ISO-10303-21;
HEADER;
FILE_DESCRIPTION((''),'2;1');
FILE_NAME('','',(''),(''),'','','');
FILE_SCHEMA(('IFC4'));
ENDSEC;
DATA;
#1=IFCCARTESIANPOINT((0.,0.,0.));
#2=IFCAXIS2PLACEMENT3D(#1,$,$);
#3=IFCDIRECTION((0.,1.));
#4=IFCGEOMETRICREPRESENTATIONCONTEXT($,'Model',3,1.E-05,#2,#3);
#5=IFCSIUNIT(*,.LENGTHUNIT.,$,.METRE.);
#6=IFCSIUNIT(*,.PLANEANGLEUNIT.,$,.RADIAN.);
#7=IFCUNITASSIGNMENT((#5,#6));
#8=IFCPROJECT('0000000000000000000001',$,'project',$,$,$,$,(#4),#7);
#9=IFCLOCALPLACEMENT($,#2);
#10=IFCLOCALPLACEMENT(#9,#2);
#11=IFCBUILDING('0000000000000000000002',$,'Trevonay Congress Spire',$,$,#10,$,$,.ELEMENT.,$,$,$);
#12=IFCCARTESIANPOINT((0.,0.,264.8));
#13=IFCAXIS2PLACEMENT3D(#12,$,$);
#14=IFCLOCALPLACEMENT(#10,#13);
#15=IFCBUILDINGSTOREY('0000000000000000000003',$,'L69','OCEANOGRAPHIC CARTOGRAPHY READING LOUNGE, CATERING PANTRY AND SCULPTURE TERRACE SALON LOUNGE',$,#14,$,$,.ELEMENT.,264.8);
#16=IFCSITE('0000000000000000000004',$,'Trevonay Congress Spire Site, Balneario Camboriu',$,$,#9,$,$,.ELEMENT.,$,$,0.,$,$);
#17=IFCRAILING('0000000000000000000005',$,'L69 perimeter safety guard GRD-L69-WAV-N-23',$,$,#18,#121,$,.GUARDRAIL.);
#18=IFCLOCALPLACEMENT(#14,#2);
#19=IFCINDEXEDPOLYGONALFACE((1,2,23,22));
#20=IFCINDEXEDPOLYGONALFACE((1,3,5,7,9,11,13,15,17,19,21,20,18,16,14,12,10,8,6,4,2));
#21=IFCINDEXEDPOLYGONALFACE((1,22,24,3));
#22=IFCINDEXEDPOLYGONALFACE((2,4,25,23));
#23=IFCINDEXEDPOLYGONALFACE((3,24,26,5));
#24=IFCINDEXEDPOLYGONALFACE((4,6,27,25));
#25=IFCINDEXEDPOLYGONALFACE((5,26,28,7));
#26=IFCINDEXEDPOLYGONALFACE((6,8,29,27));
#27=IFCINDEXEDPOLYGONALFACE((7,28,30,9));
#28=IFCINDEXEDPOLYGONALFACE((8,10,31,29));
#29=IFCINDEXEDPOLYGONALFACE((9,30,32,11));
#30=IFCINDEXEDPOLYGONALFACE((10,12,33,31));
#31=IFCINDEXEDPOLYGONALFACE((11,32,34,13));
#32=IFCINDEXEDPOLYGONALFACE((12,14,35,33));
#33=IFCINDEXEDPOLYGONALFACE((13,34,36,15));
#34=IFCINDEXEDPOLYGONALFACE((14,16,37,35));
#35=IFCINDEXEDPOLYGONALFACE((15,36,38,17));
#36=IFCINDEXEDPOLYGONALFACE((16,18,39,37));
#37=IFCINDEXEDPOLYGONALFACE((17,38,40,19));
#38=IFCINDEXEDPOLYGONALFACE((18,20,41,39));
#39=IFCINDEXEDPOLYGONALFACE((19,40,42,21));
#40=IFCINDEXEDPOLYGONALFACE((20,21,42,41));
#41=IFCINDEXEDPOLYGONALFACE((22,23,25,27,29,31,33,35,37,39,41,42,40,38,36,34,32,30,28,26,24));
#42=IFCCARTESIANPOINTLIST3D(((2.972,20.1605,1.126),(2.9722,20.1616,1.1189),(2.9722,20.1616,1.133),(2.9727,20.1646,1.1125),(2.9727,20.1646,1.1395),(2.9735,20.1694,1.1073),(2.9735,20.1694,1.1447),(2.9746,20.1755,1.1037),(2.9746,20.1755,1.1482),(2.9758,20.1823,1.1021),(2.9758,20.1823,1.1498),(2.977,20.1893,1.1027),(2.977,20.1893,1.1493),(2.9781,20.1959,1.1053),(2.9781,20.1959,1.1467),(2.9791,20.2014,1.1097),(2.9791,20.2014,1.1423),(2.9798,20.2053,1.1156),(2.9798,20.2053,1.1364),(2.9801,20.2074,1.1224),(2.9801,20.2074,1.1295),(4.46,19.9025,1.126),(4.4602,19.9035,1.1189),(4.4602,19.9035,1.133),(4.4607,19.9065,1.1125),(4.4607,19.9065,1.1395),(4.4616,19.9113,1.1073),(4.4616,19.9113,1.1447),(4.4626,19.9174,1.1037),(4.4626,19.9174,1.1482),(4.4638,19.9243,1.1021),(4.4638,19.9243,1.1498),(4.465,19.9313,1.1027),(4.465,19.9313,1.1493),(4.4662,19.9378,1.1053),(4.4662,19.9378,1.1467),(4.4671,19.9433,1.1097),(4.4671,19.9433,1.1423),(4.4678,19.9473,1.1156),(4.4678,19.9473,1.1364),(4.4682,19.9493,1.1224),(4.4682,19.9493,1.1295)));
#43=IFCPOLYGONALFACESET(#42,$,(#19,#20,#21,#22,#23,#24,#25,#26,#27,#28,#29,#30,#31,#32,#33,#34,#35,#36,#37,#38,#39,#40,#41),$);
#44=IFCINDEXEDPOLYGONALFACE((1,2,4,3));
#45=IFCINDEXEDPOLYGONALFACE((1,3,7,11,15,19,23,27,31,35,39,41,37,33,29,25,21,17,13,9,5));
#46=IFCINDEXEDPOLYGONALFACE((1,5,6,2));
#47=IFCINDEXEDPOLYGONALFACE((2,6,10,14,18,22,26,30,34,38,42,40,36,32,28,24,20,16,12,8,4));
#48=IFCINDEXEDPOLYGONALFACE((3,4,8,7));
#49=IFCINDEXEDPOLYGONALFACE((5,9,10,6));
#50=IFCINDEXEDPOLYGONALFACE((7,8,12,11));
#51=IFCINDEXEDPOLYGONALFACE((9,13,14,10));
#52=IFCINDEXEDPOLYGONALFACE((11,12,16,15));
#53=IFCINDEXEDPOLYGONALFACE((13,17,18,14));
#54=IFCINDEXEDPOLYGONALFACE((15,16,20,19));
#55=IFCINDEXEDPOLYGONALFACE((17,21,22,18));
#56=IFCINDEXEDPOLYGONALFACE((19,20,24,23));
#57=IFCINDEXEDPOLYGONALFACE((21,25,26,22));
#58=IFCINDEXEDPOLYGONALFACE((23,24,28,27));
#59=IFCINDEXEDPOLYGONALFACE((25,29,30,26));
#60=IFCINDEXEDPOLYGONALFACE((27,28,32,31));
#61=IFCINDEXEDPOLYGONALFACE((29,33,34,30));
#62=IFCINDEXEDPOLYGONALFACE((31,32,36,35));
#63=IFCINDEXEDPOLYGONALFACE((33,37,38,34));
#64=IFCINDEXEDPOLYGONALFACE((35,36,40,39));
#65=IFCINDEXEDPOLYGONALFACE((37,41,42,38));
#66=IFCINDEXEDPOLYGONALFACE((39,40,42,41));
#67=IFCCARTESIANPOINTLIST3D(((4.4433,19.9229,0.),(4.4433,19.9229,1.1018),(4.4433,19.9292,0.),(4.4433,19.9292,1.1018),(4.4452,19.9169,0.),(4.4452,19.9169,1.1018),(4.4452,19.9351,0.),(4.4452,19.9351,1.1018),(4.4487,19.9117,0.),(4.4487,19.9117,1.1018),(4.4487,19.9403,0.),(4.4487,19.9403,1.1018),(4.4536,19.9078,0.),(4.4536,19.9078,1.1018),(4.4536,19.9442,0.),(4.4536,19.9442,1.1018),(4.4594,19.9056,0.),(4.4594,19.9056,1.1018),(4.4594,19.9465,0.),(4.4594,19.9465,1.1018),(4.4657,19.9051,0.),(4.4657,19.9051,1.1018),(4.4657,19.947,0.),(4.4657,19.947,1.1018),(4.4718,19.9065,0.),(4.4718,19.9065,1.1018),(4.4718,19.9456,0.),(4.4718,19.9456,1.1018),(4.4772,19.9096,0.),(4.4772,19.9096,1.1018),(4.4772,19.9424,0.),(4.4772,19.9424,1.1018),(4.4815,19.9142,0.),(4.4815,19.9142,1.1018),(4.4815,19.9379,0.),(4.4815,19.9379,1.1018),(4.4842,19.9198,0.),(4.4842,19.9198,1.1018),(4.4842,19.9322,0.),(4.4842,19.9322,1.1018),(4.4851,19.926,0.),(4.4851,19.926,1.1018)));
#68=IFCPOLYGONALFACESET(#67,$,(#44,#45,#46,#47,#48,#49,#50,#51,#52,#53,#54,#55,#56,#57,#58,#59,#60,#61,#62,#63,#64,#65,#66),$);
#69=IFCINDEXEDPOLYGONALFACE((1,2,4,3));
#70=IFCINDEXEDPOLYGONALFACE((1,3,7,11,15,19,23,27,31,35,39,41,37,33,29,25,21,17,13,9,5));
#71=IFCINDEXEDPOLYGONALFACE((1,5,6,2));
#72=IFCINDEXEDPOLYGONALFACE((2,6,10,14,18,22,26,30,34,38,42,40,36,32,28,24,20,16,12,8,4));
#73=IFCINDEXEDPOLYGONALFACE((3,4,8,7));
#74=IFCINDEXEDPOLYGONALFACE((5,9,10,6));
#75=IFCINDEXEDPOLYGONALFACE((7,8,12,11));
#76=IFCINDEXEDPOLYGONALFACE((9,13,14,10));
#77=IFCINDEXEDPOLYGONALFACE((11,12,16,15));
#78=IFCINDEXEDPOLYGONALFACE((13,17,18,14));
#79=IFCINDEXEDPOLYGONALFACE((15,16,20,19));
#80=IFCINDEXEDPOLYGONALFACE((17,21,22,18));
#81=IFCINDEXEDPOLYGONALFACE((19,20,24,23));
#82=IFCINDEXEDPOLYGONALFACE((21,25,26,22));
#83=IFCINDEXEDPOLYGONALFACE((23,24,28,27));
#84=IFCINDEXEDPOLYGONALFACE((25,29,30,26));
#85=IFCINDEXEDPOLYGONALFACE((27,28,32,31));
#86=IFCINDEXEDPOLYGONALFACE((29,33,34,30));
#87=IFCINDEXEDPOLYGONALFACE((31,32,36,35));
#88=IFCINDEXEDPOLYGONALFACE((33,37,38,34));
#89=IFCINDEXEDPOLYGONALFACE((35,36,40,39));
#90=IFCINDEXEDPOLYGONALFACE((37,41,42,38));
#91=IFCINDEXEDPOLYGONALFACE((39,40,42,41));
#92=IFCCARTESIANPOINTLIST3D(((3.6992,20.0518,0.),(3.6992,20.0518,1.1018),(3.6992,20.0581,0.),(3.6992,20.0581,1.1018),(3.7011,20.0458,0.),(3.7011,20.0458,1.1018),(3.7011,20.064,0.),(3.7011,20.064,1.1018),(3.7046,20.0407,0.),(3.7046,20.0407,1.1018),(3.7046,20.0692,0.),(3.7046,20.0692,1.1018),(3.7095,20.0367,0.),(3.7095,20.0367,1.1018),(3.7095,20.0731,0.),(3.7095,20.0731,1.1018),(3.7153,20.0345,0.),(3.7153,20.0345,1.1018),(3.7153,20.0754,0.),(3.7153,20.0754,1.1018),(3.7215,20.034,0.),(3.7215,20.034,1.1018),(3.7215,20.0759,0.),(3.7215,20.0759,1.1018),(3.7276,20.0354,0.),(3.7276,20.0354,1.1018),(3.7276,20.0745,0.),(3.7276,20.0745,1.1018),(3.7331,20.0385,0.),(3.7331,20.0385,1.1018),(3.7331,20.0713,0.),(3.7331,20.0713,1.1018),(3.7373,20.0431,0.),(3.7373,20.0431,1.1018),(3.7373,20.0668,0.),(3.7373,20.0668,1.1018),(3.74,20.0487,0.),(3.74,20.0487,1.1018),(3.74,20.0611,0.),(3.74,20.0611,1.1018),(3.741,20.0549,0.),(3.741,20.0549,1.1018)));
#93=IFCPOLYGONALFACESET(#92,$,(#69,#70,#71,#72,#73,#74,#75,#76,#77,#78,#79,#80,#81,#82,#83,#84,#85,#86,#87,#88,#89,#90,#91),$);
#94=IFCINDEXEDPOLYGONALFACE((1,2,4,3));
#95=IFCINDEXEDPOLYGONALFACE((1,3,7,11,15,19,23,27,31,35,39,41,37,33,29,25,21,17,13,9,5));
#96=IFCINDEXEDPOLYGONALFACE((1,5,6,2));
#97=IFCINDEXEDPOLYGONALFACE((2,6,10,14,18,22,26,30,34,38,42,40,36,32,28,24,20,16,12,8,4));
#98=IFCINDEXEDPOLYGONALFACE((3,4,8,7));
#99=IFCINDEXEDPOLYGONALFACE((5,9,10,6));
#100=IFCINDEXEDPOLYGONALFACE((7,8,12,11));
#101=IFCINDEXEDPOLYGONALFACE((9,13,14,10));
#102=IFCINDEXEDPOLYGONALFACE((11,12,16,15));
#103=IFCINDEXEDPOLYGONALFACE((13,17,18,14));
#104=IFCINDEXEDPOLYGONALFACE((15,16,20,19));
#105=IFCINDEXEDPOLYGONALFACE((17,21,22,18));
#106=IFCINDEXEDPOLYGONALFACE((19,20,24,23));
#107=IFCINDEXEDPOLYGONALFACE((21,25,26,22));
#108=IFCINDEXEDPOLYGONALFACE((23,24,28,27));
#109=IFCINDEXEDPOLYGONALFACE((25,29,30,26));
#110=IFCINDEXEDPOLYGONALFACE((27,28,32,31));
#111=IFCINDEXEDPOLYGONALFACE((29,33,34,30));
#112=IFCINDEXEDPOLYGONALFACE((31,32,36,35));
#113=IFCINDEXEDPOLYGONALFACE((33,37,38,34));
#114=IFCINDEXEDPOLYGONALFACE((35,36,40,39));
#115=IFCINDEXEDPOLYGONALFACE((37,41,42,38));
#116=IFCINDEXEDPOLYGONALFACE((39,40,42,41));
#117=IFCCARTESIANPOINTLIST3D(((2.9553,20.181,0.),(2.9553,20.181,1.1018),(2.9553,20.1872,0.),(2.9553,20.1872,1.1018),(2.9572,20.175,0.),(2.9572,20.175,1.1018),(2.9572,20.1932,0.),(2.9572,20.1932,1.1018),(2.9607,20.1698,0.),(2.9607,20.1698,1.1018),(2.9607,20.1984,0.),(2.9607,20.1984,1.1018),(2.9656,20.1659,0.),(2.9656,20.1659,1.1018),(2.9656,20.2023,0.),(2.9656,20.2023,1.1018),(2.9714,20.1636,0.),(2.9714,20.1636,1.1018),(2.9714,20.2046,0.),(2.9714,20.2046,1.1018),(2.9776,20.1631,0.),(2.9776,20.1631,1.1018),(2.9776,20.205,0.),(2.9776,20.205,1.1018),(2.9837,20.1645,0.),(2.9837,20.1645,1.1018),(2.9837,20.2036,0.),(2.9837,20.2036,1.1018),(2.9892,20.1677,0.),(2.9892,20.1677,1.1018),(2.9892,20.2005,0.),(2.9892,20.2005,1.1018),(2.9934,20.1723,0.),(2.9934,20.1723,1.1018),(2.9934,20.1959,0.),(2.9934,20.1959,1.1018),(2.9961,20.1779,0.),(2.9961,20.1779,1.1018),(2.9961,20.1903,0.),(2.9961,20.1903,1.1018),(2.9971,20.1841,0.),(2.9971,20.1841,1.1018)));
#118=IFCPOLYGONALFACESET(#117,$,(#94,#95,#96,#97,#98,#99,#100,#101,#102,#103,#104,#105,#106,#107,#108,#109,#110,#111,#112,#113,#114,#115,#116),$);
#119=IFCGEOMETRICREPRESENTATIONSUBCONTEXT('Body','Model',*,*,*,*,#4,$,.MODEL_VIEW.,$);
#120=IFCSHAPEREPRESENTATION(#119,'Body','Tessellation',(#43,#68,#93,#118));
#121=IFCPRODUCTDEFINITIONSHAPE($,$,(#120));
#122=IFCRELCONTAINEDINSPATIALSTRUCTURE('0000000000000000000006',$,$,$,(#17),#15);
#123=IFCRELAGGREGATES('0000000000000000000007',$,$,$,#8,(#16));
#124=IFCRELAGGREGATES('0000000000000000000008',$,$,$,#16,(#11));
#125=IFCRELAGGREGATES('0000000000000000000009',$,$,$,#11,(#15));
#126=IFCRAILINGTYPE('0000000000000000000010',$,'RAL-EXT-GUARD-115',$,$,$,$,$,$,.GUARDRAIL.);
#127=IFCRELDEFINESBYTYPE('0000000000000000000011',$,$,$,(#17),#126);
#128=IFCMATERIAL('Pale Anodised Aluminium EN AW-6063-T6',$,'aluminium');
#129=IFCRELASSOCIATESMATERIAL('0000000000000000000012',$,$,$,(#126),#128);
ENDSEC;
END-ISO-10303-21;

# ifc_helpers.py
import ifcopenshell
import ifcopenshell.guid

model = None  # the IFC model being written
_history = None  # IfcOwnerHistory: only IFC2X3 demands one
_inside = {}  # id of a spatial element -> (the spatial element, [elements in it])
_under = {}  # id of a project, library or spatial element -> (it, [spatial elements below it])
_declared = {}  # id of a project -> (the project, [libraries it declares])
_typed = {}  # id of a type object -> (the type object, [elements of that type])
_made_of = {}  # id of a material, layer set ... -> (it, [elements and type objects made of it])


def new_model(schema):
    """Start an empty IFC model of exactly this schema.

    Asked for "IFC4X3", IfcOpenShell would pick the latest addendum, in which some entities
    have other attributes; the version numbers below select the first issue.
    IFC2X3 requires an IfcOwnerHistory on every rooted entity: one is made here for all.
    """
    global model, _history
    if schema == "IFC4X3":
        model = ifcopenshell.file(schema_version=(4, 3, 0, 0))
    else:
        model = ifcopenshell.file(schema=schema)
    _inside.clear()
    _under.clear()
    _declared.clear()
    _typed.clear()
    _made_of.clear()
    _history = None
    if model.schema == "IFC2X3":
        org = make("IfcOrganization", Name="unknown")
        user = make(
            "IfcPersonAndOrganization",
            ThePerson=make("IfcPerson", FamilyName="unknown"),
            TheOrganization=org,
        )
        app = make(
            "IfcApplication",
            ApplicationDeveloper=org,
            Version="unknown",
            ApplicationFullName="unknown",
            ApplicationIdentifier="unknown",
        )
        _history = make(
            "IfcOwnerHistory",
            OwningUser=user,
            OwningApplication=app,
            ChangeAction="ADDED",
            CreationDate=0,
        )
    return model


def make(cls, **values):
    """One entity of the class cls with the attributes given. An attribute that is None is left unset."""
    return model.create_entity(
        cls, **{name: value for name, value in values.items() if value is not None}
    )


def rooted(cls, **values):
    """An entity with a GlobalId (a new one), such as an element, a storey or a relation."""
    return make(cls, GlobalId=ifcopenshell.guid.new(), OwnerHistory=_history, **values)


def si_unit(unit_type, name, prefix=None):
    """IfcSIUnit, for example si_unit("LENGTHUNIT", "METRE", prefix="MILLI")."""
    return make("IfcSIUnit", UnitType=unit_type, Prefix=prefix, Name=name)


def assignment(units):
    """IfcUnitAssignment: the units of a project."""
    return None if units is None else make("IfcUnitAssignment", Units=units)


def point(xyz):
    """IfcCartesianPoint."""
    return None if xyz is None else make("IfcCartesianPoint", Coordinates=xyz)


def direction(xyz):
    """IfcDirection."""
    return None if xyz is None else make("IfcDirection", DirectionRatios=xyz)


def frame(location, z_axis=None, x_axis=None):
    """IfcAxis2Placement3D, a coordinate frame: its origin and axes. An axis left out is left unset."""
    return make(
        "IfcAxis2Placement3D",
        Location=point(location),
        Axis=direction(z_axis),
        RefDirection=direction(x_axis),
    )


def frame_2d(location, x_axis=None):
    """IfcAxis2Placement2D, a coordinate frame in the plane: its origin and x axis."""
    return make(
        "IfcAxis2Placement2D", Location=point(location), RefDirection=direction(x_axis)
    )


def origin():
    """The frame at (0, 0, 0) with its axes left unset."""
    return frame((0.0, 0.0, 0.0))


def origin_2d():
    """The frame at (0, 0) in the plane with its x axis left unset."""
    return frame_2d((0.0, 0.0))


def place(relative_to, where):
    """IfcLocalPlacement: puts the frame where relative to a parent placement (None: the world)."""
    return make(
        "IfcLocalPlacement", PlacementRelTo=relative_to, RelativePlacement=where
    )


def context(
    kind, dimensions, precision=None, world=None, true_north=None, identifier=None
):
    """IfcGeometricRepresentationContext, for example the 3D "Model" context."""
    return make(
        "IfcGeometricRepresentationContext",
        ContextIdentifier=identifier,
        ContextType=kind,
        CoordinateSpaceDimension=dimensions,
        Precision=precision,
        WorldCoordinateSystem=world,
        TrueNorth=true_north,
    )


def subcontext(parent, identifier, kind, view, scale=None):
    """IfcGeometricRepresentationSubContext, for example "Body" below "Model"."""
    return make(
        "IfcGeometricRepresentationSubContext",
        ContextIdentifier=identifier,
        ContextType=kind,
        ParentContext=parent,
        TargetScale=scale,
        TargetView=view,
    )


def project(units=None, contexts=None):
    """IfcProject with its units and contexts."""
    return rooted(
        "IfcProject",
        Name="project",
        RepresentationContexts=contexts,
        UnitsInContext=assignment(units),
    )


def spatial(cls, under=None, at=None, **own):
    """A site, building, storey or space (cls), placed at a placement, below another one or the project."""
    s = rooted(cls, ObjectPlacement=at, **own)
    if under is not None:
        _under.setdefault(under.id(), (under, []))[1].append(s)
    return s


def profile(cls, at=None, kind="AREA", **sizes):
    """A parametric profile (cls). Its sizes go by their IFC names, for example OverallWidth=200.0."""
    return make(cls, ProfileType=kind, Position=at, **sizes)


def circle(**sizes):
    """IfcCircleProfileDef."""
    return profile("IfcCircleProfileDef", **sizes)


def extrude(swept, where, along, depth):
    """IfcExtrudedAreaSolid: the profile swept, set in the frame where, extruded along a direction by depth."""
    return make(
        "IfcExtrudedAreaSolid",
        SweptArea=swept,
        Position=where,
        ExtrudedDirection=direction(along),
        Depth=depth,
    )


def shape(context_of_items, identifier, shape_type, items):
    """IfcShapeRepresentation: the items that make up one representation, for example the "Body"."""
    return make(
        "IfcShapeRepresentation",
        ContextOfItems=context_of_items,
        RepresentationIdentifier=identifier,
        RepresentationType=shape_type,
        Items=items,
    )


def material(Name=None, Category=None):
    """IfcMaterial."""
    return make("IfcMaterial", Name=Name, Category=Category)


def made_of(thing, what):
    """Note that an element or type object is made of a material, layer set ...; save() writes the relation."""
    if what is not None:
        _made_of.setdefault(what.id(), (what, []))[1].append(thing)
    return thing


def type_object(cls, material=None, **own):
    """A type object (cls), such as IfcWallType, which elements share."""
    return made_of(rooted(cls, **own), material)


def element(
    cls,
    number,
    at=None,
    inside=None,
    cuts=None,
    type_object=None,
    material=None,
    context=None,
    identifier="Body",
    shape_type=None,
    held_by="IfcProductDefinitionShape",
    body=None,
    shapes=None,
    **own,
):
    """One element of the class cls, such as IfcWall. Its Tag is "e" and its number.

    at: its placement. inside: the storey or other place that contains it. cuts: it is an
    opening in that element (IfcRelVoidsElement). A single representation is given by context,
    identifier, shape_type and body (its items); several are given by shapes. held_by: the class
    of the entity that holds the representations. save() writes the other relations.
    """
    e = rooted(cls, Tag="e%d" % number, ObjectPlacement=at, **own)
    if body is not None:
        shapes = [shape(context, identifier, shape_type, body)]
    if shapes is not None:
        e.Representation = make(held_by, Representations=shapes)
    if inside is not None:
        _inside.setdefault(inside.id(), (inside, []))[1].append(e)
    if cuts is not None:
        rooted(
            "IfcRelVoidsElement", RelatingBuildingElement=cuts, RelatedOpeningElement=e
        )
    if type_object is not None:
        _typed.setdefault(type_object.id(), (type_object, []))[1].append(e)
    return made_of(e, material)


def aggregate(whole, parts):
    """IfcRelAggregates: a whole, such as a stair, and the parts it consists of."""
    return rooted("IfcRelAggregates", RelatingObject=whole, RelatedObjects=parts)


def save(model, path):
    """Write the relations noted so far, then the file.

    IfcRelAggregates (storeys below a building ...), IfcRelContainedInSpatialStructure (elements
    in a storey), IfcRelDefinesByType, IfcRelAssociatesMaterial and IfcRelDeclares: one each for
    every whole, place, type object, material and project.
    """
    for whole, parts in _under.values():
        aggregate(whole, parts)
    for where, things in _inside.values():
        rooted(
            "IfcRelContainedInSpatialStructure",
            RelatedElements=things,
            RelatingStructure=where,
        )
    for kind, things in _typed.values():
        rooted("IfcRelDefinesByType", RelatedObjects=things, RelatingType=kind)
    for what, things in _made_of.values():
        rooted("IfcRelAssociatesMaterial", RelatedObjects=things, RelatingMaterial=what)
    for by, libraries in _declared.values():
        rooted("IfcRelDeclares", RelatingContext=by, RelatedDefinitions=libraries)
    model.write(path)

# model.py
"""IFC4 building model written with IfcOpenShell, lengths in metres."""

from ifc_helpers import new_model, si_unit, direction, frame, origin, origin_2d, place, context, subcontext, project, spatial, circle, extrude, material, type_object, element, save


model = new_model("IFC4")

# Units and contexts
model_context = context("Model", 3, precision=1e-05, world=origin(), true_north=direction((0.0, 1.0)))
body_context = subcontext(model_context, "Body", "Model", "MODEL_VIEW")
ifc_project = project(units=[si_unit("LENGTHUNIT", "METRE"), si_unit("PLANEANGLEUNIT", "RADIAN")], contexts=[model_context])

# Site, building, storey
site_placement = place(None, origin())
site = spatial("IfcSite", under=ifc_project, at=site_placement, Name="Trevonay Congress Spire Site, Balneario Camboriu", CompositionType="ELEMENT", RefElevation=0.0)
building_placement = place(site_placement, origin())
building = spatial("IfcBuilding", under=site, at=building_placement, Name="Trevonay Congress Spire", CompositionType="ELEMENT")
storey_placement = place(building_placement, frame((0.0, 0.0, 264.8)))
storey = spatial("IfcBuildingStorey", under=building, at=storey_placement, Name="L69", Description="OCEANOGRAPHIC CARTOGRAPHY READING LOUNGE, CATERING PANTRY AND SCULPTURE TERRACE SALON LOUNGE", CompositionType="ELEMENT", Elevation=264.8)

# Shared definitions
ifc_material_1 = material(Name="Pale Anodised Aluminium EN AW-6063-T6", Category="aluminium")

# Railing
railing_type = type_object("IfcRailingType", Name="RAL-EXT-GUARD-115", PredefinedType="GUARDRAIL", material=ifc_material_1)
railing_1_placement = place(storey_placement, frame((4.4641, 19.926, 0.0)))
element("IfcRailing", 1, at=railing_1_placement, inside=storey, type_object=railing_type, Name="L69 perimeter safety guard GRD-L69-WAV-N-23", PredefinedType="GUARDRAIL", context=body_context, shape_type="SweptSolid", body=[
    extrude(circle(Radius=0.0239, at=origin_2d()), frame((0.0, 0.0, 1.126), z_axis=(-0.985294, 0.17087, 0.0), x_axis=(-0.17087, -0.985294, 0.0)), (0.0, 0.0, 1.0), 1.5103),
    extrude(circle(Radius=0.021, at=origin_2d()), origin(), (0.0, 0.0, 1.0), 1.1018),
    extrude(circle(Radius=0.021, at=origin_2d()), frame((-0.7441, 0.1289, 0.0)), (0.0, 0.0, 1.0), 1.1018),
    extrude(circle(Radius=0.021, at=origin_2d()), frame((-1.488, 0.2581, 0.0)), (0.0, 0.0, 1.0), 1.1018),
])

save(model, "model.ifc")
